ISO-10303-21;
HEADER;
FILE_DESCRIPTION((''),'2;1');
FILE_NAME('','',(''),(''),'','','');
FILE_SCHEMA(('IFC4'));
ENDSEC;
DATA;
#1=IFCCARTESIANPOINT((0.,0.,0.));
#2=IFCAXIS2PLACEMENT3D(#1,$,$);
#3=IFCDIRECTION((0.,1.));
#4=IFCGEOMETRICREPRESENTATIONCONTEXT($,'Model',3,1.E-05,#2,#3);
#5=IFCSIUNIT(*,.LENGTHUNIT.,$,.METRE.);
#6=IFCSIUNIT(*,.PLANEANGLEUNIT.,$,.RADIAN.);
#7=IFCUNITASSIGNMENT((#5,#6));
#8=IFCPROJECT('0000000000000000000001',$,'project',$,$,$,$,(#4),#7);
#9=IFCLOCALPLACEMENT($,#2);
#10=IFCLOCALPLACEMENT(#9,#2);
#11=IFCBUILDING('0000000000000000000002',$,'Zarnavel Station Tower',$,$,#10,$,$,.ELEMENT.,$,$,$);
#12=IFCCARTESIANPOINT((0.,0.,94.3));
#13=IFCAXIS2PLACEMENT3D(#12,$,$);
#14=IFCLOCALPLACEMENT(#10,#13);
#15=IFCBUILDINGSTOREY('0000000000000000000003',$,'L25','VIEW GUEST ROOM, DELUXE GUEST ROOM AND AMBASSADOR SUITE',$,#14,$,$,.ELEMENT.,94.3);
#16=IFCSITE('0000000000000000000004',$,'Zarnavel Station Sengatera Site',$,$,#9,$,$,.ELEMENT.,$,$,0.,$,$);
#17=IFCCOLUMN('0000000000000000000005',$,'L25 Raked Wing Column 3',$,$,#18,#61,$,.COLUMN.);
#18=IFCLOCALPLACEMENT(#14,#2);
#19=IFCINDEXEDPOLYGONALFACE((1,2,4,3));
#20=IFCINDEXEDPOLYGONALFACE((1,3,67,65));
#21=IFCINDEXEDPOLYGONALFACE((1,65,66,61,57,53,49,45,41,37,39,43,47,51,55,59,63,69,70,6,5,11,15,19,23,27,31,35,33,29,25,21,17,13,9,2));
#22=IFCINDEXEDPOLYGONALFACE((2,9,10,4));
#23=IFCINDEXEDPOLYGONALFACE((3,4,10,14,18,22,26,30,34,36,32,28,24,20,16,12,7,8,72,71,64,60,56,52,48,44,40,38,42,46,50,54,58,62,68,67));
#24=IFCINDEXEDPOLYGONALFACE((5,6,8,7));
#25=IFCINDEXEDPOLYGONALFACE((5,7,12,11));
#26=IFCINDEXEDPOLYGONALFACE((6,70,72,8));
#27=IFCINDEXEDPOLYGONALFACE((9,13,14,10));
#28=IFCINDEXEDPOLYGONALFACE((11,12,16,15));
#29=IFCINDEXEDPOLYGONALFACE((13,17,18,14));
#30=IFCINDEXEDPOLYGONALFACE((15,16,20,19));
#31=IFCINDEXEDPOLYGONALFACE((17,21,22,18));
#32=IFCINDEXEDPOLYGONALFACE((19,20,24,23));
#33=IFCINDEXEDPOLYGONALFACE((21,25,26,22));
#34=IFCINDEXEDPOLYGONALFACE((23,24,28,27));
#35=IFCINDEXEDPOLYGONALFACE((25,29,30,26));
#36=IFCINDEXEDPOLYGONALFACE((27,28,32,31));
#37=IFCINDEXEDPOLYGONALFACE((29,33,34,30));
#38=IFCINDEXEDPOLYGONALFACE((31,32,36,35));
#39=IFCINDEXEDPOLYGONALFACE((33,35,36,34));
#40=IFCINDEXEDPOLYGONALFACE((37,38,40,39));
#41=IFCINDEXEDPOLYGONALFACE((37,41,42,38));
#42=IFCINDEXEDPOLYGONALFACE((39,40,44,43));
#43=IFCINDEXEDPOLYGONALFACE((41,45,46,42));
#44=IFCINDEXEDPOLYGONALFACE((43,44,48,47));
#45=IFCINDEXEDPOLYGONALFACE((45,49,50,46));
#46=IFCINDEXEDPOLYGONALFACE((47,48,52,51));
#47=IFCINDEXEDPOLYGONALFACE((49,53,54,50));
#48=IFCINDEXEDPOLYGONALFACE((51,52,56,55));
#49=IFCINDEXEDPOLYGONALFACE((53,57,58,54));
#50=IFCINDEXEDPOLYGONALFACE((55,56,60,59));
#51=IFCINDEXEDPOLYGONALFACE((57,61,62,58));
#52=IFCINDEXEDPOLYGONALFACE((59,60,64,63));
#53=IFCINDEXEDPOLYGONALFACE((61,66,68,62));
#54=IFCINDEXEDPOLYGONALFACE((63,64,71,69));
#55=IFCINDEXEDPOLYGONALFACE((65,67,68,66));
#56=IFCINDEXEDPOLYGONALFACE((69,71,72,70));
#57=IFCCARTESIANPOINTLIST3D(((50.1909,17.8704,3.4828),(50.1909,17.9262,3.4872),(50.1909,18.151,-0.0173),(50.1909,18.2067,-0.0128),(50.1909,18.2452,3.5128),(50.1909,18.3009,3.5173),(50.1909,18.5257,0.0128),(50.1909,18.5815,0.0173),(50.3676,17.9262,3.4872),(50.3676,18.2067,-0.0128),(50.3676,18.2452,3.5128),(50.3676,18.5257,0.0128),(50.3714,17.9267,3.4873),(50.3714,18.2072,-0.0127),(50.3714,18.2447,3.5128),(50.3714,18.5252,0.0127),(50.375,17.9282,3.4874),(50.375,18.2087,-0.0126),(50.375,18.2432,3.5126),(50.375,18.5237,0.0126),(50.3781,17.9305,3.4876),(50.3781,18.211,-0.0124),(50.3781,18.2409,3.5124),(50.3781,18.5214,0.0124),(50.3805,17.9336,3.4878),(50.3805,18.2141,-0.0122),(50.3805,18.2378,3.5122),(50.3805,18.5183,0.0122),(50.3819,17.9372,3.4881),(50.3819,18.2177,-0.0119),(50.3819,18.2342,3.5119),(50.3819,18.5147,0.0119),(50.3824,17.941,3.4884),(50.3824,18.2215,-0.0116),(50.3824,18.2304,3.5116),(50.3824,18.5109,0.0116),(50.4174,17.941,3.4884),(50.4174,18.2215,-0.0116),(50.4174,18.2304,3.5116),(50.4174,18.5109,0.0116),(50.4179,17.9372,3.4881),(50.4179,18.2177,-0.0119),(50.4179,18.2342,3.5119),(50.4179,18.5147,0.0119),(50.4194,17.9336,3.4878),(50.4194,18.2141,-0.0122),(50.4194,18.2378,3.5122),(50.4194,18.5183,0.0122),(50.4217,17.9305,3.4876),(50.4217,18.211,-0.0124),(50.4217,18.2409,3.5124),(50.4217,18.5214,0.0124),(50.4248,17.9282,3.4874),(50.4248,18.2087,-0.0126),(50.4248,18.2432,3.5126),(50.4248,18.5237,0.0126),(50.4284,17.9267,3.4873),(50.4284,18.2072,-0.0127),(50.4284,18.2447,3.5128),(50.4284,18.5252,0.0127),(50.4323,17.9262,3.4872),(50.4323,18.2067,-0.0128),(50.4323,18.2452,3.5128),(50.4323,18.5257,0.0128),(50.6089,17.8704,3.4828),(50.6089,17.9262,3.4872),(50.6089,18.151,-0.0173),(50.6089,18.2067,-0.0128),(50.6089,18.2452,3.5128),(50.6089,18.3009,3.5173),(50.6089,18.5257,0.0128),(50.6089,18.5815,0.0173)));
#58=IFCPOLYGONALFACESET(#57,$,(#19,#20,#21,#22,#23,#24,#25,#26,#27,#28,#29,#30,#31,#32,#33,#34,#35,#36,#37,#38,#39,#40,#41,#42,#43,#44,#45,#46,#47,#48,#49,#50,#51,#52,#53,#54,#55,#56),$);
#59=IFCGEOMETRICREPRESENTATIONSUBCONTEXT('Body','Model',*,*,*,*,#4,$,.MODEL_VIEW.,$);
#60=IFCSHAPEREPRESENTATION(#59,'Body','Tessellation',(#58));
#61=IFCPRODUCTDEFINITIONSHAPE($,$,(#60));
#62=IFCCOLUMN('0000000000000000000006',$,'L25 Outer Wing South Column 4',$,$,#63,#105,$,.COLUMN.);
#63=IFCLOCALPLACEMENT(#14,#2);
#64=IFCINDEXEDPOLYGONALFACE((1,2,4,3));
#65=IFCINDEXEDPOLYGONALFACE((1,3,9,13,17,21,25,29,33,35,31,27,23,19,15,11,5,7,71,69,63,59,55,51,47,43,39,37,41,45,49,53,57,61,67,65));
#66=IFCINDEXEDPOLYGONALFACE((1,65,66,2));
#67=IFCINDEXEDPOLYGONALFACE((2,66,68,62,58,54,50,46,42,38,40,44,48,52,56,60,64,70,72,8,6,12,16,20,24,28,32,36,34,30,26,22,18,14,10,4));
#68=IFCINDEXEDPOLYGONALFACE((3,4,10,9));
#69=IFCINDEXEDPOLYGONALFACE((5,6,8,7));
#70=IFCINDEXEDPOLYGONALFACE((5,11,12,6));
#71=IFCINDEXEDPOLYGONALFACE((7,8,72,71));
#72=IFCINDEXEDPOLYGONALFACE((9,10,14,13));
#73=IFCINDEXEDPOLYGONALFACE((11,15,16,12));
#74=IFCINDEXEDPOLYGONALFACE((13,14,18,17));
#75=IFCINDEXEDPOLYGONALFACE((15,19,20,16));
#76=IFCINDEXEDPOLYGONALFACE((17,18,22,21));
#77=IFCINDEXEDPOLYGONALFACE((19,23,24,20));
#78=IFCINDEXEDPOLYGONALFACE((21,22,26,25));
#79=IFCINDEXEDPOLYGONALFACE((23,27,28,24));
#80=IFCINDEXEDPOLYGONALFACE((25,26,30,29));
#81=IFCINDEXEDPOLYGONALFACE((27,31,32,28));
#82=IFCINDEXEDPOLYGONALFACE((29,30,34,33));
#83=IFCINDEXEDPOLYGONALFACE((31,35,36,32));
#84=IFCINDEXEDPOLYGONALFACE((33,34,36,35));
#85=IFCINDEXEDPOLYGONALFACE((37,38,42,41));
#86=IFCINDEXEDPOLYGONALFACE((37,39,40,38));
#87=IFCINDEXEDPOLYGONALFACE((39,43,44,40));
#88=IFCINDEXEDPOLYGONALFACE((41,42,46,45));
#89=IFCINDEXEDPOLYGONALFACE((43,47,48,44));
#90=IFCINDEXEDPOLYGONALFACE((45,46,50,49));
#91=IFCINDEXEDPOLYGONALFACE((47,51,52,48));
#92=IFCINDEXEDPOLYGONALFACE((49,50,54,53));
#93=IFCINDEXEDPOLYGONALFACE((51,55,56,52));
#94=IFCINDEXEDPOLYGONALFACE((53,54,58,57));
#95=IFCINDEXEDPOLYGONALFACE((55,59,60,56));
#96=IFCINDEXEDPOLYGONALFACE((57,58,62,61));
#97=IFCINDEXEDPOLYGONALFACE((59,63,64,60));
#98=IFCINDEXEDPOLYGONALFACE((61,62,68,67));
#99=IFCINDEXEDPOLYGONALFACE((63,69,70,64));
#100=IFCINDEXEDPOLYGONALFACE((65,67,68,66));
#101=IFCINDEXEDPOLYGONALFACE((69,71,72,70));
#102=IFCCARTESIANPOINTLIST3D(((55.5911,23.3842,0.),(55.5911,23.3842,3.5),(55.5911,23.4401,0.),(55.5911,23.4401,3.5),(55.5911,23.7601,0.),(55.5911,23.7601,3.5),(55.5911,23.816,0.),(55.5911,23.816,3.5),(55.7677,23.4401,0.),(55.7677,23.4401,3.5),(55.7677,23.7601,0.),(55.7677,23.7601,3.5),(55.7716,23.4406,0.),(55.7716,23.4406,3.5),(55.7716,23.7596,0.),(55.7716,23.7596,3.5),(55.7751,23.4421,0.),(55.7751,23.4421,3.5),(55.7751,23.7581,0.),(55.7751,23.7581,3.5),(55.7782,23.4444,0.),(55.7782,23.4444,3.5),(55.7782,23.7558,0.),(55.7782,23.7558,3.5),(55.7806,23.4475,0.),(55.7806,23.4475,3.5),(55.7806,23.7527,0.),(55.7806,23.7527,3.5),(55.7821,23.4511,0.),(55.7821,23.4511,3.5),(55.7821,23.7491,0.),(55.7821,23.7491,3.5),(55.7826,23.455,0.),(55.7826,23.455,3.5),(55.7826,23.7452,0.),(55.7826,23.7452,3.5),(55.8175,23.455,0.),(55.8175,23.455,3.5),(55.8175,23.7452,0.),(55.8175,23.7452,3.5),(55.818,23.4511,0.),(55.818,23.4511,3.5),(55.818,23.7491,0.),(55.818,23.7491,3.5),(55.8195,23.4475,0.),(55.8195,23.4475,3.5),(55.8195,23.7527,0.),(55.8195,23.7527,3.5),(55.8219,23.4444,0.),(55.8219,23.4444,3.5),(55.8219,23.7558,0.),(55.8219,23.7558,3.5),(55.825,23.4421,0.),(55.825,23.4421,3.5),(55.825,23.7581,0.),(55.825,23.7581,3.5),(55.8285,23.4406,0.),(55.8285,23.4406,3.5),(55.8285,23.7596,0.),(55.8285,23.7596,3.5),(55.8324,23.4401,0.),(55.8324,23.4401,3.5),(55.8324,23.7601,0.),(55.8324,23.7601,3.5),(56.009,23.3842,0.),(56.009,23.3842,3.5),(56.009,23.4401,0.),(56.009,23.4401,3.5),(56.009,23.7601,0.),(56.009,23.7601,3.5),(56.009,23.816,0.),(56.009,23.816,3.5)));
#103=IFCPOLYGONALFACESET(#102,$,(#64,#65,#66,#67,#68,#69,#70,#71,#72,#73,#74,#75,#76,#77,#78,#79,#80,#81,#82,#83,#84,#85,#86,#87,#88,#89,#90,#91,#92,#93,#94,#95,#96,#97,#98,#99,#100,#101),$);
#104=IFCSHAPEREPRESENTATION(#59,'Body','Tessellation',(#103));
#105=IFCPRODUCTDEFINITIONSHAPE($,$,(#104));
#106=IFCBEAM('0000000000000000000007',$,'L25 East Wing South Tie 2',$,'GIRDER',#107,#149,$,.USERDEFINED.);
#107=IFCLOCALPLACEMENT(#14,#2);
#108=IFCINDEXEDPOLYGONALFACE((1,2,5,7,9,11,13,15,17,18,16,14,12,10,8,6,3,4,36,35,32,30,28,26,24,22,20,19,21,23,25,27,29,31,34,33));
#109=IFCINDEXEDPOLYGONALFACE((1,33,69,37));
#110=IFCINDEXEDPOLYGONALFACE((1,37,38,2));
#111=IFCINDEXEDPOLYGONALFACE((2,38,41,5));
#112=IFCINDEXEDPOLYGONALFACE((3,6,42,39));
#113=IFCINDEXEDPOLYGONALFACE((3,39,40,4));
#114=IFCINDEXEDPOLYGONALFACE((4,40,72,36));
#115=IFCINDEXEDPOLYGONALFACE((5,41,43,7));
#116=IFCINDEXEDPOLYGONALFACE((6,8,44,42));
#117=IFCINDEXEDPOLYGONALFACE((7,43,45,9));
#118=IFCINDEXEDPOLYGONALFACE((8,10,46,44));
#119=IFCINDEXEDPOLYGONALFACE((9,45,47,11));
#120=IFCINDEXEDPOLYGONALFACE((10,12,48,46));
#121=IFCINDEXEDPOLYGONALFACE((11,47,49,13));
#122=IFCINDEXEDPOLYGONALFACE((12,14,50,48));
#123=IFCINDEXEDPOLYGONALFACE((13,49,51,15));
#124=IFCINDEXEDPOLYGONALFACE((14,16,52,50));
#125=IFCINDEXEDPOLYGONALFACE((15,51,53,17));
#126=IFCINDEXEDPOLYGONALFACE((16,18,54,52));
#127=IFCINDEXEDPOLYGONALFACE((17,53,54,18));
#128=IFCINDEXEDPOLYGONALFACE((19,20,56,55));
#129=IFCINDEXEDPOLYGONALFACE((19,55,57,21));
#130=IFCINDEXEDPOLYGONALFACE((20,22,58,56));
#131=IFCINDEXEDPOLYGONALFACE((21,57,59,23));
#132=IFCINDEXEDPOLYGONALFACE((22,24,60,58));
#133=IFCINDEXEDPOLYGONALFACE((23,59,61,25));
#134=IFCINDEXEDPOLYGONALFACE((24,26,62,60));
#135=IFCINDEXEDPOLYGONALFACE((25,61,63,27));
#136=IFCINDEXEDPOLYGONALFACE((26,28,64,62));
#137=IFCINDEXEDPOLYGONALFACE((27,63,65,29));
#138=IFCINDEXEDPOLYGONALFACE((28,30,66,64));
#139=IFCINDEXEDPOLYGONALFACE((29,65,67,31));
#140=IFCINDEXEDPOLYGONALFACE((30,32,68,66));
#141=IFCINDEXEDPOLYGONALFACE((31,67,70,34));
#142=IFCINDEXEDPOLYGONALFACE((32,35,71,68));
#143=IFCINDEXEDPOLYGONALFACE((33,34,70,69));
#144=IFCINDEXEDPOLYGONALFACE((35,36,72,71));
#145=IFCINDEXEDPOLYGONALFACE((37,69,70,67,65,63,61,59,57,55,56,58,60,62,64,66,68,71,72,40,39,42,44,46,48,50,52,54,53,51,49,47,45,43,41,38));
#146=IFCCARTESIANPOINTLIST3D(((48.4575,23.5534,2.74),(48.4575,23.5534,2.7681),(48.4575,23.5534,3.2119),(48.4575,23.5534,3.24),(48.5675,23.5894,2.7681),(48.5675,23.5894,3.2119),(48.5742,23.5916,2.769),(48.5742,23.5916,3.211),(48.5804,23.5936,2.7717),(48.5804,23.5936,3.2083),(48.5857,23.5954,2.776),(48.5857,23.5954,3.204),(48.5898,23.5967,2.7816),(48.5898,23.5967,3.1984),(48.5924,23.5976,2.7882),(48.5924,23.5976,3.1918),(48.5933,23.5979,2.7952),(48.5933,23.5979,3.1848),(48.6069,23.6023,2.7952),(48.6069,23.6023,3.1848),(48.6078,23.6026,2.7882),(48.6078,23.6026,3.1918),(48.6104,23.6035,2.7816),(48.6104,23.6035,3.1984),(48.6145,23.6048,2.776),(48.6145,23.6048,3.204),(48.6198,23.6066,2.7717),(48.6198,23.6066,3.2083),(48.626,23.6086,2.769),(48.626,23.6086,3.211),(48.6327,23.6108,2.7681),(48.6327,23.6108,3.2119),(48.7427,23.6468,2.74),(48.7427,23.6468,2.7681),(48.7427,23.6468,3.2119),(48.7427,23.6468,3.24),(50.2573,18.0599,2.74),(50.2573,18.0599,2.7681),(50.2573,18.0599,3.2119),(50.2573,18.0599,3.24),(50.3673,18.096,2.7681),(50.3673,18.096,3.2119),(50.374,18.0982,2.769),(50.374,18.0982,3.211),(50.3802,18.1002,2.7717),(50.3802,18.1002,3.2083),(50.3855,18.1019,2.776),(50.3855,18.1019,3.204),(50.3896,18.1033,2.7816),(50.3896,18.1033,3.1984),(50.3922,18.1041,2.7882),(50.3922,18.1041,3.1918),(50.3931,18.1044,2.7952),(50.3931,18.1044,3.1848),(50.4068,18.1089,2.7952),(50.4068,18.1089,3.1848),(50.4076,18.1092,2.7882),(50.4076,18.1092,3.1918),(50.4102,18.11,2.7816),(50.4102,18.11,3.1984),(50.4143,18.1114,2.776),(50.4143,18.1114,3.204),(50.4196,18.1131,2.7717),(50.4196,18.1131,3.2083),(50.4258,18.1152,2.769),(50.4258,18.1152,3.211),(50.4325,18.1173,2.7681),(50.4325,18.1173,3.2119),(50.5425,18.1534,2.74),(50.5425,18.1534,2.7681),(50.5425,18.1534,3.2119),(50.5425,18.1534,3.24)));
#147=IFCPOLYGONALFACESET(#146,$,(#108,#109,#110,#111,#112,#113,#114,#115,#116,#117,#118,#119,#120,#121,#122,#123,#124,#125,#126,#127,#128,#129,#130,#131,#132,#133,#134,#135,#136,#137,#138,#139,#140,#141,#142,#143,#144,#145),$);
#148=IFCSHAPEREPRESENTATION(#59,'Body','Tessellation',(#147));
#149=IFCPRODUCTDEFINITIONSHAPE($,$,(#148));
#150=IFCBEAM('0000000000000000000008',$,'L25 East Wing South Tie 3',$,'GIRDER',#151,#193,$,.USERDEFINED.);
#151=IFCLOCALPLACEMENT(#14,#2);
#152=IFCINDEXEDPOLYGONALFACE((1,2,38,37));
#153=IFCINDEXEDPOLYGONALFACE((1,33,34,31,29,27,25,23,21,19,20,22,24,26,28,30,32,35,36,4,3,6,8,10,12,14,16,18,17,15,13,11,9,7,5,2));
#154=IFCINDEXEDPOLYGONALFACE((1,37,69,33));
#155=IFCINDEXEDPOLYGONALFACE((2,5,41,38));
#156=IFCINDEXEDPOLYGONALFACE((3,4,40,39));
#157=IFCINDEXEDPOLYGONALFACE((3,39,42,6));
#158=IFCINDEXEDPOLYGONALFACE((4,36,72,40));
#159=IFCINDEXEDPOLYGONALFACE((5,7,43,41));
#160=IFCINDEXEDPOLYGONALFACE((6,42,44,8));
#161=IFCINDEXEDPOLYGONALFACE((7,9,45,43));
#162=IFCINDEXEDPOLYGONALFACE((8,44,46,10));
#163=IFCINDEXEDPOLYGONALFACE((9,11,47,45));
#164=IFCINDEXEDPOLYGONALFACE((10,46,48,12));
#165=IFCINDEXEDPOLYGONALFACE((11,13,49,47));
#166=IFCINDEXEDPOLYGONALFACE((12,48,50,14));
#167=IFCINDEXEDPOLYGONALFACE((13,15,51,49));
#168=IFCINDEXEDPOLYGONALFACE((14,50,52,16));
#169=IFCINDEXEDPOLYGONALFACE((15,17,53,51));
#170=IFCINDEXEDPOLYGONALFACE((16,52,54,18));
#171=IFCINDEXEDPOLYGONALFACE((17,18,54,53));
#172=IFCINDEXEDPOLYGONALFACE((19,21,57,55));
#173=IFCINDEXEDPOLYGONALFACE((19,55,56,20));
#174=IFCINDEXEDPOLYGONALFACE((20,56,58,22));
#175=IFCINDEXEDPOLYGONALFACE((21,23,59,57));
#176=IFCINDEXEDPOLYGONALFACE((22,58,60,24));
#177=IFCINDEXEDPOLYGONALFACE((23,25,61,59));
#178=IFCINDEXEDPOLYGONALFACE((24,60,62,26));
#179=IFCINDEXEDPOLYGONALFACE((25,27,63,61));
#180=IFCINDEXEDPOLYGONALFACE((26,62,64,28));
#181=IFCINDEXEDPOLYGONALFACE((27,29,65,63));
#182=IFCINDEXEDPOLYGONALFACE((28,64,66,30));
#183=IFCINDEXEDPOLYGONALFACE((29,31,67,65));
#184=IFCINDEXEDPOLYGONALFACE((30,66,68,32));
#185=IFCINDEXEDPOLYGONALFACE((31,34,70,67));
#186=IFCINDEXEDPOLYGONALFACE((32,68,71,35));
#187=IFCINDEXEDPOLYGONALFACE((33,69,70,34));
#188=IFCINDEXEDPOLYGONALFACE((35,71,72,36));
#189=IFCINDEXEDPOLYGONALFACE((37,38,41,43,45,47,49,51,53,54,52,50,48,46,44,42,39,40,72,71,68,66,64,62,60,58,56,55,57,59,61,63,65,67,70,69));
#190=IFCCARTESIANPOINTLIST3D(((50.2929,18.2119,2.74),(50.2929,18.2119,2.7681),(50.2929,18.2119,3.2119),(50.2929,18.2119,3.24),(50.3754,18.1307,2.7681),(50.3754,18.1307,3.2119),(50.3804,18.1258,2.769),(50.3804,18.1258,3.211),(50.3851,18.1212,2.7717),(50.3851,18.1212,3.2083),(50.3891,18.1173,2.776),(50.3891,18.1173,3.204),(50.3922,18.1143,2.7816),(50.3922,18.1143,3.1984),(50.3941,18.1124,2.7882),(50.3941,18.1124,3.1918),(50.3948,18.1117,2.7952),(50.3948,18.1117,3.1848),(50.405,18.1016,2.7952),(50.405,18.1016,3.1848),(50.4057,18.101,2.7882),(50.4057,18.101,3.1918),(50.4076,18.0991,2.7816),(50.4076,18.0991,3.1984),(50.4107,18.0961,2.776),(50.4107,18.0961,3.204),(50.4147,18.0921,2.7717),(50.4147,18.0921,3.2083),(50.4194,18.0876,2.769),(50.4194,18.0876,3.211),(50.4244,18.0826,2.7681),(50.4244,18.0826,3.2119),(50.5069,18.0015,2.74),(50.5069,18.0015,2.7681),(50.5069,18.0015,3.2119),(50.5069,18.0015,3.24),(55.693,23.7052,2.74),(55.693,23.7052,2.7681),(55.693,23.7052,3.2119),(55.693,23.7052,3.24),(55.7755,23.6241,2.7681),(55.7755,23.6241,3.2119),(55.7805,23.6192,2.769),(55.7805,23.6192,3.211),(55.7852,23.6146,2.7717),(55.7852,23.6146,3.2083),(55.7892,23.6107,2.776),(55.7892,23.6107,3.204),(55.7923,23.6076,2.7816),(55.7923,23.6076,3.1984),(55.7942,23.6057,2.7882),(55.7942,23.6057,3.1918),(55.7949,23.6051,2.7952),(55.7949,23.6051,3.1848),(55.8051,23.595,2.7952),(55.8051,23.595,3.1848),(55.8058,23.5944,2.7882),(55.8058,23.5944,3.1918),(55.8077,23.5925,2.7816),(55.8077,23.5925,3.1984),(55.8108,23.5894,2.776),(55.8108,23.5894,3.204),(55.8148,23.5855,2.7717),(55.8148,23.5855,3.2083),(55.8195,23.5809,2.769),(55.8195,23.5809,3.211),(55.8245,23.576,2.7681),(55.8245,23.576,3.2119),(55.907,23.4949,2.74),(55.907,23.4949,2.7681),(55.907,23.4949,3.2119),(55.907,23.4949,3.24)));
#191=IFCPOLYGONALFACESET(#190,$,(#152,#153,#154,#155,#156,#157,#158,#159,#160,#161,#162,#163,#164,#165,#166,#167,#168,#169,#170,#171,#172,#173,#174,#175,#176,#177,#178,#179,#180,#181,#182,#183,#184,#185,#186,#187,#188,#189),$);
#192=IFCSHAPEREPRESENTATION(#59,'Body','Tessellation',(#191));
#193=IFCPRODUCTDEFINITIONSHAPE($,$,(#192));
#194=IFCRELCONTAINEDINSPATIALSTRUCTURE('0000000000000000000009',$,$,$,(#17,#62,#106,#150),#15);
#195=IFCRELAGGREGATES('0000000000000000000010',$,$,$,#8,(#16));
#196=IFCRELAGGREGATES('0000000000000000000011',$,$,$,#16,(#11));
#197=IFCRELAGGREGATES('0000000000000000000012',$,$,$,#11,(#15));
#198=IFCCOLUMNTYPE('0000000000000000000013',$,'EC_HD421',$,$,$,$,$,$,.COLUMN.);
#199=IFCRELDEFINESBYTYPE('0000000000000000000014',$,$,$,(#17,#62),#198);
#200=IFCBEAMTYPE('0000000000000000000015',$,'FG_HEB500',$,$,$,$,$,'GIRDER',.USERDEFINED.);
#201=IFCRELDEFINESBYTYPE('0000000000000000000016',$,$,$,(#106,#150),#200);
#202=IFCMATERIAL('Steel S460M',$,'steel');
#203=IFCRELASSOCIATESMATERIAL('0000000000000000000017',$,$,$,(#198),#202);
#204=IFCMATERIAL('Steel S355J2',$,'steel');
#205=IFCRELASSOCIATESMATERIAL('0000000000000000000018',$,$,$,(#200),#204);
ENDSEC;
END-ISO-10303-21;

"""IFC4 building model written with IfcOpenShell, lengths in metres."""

from ifc_helpers import new_model, si_unit, direction, frame, origin, origin_2d, place, context, subcontext, project, spatial, i_section, extrude, material, material_profile, profile_set, type_object, element, save


model = new_model("IFC4")

# Units and contexts
model_context = context("Model", 3, precision=1e-05, world=origin(), true_north=direction((0.0, 1.0)))
body_context = subcontext(model_context, "Body", "Model", "MODEL_VIEW")
ifc_project = project(units=[si_unit("LENGTHUNIT", "METRE"), si_unit("PLANEANGLEUNIT", "RADIAN")], contexts=[model_context])

# Site, building, storey
site_placement = place(None, origin())
site = spatial("IfcSite", under=ifc_project, at=site_placement, Name="Zarnavel Station Sengatera Site", CompositionType="ELEMENT", RefElevation=0.0)
building_placement = place(site_placement, origin())
building = spatial("IfcBuilding", under=site, at=building_placement, Name="Zarnavel Station Tower", CompositionType="ELEMENT")
storey_placement = place(building_placement, frame((0.0, 0.0, 94.3)))
storey = spatial("IfcBuildingStorey", under=building, at=storey_placement, Name="L25", Description="VIEW GUEST ROOM, DELUXE GUEST ROOM AND AMBASSADOR SUITE", CompositionType="ELEMENT", Elevation=94.3)

# Columns
ifc_material_1 = material(Name="Steel S460M", Category="steel")
ifc_material_profile_1 = material_profile(ifc_material_1, i_section(OverallWidth=0.418, OverallDepth=0.4319, WebThickness=0.0349, FlangeThickness=0.0559, FilletRadius=0.0149, at=origin_2d()), Name="HD400x421")
ifc_profile_set_1 = profile_set([ifc_material_profile_1], Name="Steel S460M")
column_type = type_object("IfcColumnType", Name="EC_HD421", PredefinedType="COLUMN", material=ifc_profile_set_1)
column_1_placement = place(storey_placement, frame((50.3999, 18.3662, 0.0), z_axis=(0.0, -0.079892, 0.996804), x_axis=(1.0, 0.0, 0.0)))
element("IfcColumn", 1, at=column_1_placement, inside=storey, type_object=column_type, Name="L25 Raked Wing Column 3", PredefinedType="COLUMN", context=body_context, shape_type="SweptSolid", body=[
    extrude(i_section(OverallWidth=0.418, OverallDepth=0.4319, WebThickness=0.0349, FlangeThickness=0.0559, FilletRadius=0.0149, at=origin_2d()), origin(), (0.0, 0.0, 1.0), 3.5112),
])
column_2_placement = place(storey_placement, frame((55.8, 23.6001, 0.0), z_axis=(0.0, 0.0, 1.0), x_axis=(1.0, 0.0, 0.0)))
element("IfcColumn", 2, at=column_2_placement, inside=storey, type_object=column_type, Name="L25 Outer Wing South Column 4", PredefinedType="COLUMN", context=body_context, shape_type="SweptSolid", body=[
    extrude(i_section(OverallWidth=0.418, OverallDepth=0.4319, WebThickness=0.0349, FlangeThickness=0.0559, FilletRadius=0.0149, at=origin_2d()), origin(), (0.0, 0.0, 1.0), 3.5),
])

# Beams
ifc_material_2 = material(Name="Steel S355J2", Category="steel")
ifc_material_profile_2 = material_profile(ifc_material_2, i_section(OverallWidth=0.3, OverallDepth=0.5, WebThickness=0.0144, FlangeThickness=0.0281, FilletRadius=0.0271, at=origin_2d()), Name="HEB500")
ifc_profile_set_2 = profile_set([ifc_material_profile_2], Name="Steel S355J2")
beam_type_1 = type_object("IfcBeamType", Name="FG_HEB500", ElementType="GIRDER", PredefinedType="USERDEFINED", material=ifc_profile_set_2)
beam_1_placement = place(storey_placement, frame((48.6001, 23.6001, 2.99), z_axis=(0.311346, -0.950297, 0.0), x_axis=(0.950297, 0.311346, 0.0)))
element("IfcBeam", 3, at=beam_1_placement, inside=storey, type_object=beam_type_1, Name="L25 East Wing South Tie 2", ObjectType="GIRDER", PredefinedType="USERDEFINED", context=body_context, shape_type="SweptSolid", body=[
    extrude(i_section(OverallWidth=0.3, OverallDepth=0.5, WebThickness=0.0144, FlangeThickness=0.0281, FilletRadius=0.0271, at=origin_2d()), origin(), (0.0, 0.0, 1.0), 5.7808),
])
beam_2_placement = place(storey_placement, frame((50.3999, 18.1067, 2.99), z_axis=(0.701027, 0.713134, 0.0), x_axis=(-0.713134, 0.701027, 0.0)))
element("IfcBeam", 4, at=beam_2_placement, inside=storey, type_object=beam_type_1, Name="L25 East Wing South Tie 3", ObjectType="GIRDER", PredefinedType="USERDEFINED", context=body_context, shape_type="SweptSolid", body=[
    extrude(i_section(OverallWidth=0.3, OverallDepth=0.5, WebThickness=0.0144, FlangeThickness=0.0281, FilletRadius=0.0271, at=origin_2d()), origin(), (0.0, 0.0, 1.0), 7.7031),
])

save(model, "model.ifc")
